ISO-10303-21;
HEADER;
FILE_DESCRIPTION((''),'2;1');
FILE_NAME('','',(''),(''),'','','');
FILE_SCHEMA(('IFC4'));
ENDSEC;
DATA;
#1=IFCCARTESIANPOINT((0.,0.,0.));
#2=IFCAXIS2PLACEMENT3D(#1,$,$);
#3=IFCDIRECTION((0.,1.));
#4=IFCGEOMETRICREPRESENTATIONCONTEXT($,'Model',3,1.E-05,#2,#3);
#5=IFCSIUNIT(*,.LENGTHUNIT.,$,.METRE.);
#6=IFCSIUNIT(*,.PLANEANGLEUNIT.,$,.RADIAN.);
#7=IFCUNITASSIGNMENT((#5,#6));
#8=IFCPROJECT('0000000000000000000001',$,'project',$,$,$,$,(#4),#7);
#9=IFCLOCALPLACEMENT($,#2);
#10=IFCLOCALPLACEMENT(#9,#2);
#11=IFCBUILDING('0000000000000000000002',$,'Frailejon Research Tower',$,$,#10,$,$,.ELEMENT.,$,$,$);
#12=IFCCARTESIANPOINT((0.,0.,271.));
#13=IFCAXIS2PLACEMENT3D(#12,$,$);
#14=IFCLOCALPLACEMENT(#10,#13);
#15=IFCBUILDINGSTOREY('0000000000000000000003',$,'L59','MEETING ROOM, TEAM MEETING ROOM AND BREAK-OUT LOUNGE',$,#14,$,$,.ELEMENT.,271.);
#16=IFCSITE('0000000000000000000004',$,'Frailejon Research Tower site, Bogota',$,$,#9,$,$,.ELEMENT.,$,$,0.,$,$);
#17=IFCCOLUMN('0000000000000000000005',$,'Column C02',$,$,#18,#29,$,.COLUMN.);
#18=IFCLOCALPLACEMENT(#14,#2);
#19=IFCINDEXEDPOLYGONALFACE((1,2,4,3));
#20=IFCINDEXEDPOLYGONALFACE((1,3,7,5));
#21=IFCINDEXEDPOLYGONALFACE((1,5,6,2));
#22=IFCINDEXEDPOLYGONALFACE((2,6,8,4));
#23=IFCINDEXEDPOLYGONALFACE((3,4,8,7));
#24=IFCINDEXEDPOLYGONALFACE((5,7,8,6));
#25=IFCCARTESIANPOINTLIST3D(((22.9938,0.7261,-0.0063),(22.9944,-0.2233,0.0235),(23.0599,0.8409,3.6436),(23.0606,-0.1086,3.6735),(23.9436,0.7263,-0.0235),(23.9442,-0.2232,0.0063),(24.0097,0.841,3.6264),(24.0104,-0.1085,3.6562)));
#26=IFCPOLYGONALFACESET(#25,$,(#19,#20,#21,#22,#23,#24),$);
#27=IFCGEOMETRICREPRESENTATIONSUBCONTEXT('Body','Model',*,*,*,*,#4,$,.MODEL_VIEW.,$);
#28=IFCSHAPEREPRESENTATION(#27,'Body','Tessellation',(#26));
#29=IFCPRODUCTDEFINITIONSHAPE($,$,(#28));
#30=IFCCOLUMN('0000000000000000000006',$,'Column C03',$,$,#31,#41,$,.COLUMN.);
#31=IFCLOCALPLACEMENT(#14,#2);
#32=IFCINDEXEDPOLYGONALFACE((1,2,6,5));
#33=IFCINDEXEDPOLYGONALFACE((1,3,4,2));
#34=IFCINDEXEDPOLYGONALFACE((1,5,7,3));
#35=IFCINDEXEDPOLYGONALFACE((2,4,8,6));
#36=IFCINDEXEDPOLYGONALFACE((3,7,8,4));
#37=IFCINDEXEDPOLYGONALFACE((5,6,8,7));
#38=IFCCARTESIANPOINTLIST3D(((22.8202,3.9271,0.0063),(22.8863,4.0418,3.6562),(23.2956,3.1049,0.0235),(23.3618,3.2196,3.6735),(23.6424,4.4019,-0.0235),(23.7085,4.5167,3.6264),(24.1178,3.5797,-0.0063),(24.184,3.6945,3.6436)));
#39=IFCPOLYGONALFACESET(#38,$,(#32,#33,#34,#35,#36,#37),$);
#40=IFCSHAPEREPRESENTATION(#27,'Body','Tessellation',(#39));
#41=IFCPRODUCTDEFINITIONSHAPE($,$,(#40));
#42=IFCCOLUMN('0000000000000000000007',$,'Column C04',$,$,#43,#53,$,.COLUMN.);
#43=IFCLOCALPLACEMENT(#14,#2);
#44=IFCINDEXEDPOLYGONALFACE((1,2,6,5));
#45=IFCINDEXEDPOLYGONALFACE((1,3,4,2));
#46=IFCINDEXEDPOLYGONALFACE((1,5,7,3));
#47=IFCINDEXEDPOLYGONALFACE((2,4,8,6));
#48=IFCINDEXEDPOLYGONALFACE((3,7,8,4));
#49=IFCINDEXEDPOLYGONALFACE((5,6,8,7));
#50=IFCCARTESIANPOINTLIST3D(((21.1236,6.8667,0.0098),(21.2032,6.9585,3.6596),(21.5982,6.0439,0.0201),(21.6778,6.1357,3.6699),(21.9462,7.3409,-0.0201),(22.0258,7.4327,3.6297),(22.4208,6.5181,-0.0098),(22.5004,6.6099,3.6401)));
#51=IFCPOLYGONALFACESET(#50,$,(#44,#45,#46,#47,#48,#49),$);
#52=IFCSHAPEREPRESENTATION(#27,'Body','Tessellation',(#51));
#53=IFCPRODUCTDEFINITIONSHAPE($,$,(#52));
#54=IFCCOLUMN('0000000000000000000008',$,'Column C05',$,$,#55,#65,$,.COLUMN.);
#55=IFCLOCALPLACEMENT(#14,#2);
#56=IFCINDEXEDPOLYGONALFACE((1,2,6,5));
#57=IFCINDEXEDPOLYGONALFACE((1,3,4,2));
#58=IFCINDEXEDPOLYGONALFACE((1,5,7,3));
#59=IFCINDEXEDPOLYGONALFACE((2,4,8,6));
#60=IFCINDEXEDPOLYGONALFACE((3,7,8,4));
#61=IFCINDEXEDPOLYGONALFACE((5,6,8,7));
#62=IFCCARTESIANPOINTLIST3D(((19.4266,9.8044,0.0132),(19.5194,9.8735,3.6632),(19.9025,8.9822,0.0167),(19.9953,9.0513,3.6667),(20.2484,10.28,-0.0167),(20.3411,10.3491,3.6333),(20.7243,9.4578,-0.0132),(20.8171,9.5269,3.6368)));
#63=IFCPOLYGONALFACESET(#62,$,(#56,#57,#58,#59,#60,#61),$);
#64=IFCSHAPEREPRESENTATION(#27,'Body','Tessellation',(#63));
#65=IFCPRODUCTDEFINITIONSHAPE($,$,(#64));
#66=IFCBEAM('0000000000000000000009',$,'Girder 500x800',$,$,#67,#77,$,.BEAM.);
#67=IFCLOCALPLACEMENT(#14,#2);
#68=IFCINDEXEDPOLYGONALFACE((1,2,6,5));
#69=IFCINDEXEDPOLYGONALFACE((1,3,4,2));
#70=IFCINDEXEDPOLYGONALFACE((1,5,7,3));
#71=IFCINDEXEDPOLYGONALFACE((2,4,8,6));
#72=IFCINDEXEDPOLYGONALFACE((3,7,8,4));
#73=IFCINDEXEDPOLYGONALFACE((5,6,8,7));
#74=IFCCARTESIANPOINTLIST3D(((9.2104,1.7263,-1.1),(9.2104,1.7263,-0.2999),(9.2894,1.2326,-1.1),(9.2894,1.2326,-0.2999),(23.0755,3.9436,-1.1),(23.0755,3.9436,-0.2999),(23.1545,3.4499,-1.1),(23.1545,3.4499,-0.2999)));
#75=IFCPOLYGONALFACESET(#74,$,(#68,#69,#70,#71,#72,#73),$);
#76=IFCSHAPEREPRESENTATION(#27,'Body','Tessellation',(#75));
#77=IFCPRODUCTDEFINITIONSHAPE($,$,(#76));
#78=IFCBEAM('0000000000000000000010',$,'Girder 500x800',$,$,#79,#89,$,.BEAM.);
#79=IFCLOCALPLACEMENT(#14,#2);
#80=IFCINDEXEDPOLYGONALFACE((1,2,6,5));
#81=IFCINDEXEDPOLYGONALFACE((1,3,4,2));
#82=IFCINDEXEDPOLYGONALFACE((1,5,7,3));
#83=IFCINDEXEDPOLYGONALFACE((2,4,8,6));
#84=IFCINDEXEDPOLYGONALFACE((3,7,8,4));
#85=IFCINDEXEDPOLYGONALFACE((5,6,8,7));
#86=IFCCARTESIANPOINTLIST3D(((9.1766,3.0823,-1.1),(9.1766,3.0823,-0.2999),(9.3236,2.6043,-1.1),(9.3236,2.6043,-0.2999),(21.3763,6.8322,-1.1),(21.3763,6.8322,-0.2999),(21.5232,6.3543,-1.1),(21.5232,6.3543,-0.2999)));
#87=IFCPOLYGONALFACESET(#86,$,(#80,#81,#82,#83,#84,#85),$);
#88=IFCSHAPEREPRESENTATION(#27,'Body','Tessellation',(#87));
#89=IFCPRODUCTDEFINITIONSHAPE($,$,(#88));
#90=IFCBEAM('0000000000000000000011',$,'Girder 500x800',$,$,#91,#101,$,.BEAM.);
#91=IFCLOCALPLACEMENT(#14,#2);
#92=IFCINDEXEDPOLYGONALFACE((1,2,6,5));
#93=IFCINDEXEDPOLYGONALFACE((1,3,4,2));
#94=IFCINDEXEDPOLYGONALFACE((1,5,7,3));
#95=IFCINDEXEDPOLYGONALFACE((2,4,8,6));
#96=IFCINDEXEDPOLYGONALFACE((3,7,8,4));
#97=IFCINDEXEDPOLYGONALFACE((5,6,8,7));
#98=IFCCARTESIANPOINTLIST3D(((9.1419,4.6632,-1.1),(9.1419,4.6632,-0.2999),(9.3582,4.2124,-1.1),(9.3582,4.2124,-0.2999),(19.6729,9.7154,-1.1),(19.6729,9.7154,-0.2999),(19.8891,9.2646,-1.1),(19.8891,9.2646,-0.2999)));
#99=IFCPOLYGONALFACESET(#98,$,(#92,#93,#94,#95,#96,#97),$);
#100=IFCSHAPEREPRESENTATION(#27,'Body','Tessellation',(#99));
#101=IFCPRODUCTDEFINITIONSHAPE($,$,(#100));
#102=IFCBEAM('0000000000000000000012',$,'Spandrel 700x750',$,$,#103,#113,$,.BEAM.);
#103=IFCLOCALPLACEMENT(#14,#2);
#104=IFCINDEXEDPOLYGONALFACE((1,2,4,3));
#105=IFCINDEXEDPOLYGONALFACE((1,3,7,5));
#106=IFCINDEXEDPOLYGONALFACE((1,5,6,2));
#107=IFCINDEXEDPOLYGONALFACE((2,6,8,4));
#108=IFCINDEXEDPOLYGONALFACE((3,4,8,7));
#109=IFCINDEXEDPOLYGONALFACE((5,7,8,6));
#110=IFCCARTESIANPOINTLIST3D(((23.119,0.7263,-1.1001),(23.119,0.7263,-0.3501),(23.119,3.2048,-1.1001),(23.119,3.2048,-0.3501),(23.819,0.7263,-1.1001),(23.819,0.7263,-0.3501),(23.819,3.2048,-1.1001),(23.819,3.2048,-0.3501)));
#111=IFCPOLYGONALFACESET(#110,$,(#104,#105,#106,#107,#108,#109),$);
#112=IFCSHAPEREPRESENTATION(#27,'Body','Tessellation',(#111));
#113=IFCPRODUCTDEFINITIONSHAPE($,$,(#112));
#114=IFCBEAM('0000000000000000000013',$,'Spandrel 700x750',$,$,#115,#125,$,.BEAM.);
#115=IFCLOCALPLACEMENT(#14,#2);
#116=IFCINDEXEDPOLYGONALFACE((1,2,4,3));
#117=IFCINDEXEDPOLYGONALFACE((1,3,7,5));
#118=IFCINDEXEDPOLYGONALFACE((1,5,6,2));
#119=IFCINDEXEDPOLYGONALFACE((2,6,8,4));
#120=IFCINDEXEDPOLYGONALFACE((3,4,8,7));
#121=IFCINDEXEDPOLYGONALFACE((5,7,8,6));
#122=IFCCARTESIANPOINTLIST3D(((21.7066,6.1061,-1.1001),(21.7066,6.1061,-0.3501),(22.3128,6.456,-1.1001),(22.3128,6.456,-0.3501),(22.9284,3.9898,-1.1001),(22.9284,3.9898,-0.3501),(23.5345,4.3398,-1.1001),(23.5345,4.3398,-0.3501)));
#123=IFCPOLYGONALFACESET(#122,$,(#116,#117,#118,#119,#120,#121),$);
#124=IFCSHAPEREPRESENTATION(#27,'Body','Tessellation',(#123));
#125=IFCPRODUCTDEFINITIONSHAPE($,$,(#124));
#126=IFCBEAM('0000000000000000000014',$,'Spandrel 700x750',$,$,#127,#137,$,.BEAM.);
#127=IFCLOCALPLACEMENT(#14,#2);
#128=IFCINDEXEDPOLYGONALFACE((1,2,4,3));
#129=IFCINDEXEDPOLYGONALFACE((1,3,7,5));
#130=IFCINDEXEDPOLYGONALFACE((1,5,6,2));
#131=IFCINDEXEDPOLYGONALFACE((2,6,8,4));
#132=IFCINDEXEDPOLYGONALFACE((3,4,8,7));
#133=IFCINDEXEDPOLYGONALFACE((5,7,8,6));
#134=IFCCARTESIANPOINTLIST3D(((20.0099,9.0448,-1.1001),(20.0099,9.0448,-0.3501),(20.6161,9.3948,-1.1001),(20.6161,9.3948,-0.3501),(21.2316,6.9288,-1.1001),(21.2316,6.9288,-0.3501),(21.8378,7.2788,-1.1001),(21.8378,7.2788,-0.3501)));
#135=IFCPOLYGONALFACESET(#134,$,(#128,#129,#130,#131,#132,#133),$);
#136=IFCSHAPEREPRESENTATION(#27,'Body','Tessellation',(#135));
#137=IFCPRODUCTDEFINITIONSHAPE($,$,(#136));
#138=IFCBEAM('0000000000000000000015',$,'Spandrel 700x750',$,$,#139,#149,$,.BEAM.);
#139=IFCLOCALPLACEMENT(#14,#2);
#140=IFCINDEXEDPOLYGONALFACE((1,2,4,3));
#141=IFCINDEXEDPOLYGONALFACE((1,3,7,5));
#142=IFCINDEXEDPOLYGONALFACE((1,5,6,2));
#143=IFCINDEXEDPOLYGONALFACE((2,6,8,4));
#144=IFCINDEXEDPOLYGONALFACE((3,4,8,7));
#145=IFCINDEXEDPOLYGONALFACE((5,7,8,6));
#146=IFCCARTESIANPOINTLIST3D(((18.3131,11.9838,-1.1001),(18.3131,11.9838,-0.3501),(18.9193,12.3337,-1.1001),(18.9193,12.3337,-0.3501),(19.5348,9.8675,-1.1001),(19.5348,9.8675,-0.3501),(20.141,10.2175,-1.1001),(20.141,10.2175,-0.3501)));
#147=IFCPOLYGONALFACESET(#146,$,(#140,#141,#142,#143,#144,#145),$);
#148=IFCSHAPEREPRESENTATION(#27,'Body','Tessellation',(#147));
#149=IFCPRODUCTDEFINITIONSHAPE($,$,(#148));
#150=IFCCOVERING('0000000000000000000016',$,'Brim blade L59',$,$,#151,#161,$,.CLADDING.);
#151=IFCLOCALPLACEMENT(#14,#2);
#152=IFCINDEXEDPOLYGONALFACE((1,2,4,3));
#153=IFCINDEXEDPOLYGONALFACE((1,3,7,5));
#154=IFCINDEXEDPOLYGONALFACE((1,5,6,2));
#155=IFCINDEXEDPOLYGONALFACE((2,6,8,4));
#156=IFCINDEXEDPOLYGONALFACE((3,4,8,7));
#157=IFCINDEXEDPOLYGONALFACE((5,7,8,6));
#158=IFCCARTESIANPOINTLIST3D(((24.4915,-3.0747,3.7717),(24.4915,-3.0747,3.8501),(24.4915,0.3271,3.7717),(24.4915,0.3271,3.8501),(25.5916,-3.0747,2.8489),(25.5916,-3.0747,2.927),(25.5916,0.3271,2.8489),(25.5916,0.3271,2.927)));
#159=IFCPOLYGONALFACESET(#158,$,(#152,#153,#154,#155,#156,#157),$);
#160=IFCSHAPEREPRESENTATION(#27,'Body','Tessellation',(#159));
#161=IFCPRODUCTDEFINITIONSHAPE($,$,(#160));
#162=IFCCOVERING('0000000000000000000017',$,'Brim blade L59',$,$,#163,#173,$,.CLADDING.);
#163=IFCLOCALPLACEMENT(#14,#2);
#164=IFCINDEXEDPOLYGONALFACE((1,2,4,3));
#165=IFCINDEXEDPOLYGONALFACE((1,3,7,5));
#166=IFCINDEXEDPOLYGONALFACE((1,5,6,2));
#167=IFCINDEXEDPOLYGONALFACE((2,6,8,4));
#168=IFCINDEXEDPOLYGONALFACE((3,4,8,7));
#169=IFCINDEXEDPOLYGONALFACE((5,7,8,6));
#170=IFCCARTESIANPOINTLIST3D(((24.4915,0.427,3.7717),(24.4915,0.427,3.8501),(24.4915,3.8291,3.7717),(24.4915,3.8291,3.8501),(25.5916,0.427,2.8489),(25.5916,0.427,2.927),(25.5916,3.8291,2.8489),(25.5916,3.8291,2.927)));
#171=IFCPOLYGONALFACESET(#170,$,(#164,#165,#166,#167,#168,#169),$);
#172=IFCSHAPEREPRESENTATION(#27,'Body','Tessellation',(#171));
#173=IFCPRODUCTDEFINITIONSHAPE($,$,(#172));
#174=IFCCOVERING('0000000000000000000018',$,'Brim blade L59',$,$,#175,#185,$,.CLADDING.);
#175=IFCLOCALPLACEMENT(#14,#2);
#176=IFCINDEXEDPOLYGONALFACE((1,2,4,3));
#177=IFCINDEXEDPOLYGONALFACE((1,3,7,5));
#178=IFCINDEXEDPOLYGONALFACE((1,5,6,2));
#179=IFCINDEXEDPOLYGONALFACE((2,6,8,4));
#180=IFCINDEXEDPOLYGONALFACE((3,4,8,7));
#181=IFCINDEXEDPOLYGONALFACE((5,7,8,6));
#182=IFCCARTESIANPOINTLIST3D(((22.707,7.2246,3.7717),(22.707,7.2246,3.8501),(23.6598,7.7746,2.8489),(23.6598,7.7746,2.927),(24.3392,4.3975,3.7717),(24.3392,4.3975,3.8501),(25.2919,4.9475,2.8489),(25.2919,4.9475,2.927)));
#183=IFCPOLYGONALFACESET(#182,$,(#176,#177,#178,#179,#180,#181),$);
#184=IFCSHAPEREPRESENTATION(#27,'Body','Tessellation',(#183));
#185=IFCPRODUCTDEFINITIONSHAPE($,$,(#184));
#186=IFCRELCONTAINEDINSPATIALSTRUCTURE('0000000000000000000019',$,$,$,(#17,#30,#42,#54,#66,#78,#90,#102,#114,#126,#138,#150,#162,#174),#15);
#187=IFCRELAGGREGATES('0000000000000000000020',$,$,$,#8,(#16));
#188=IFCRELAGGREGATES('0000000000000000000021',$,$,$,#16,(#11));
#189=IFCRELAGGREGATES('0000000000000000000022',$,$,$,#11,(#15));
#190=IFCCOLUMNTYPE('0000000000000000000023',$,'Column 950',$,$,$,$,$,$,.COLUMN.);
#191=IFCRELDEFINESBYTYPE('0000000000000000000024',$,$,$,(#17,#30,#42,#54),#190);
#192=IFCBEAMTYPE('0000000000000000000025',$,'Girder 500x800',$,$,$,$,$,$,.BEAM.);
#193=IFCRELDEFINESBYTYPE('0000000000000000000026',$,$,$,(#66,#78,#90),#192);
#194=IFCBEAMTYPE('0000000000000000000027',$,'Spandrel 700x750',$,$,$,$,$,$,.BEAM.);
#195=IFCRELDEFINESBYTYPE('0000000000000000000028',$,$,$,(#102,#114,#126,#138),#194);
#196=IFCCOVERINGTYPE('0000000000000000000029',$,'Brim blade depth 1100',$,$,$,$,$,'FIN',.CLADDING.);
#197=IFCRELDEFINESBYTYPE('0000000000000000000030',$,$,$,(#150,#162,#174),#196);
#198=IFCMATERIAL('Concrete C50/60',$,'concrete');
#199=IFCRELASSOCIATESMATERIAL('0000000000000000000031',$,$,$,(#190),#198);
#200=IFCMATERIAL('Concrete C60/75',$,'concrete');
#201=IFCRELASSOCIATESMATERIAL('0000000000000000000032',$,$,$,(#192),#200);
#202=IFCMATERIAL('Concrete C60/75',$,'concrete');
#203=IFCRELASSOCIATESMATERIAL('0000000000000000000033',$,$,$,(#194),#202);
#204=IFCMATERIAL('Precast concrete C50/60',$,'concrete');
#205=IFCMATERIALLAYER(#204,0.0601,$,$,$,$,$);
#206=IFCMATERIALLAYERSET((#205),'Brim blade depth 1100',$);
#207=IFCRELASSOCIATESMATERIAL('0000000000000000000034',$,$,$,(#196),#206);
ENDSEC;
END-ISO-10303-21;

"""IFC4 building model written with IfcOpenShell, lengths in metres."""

from ifc_helpers import new_model, si_unit, direction, frame, origin, origin_2d, place, context, subcontext, project, spatial, polyline, rectangle, outline, extrude, material, layer, layer_set, material_profile, profile_set, type_object, element, save


model = new_model("IFC4")

# Units and contexts
model_context = context("Model", 3, precision=1e-05, world=origin(), true_north=direction((0.0, 1.0)))
body_context = subcontext(model_context, "Body", "Model", "MODEL_VIEW")
ifc_project = project(units=[si_unit("LENGTHUNIT", "METRE"), si_unit("PLANEANGLEUNIT", "RADIAN")], contexts=[model_context])

# Site, building, storey
site_placement = place(None, origin())
site = spatial("IfcSite", under=ifc_project, at=site_placement, Name="Frailejon Research Tower site, Bogota", CompositionType="ELEMENT", RefElevation=0.0)
building_placement = place(site_placement, origin())
building = spatial("IfcBuilding", under=site, at=building_placement, Name="Frailejon Research Tower", CompositionType="ELEMENT")
storey_placement = place(building_placement, frame((0.0, 0.0, 271.0)))
storey = spatial("IfcBuildingStorey", under=building, at=storey_placement, Name="L59", Description="MEETING ROOM, TEAM MEETING ROOM AND BREAK-OUT LOUNGE", CompositionType="ELEMENT", Elevation=271.0)

# Columns
ifc_material_1 = material(Name="Concrete C50/60", Category="concrete")
ifc_material_profile_1 = material_profile(ifc_material_1, rectangle(XDim=0.95, YDim=0.95, at=origin_2d()), Name="Column 950")
ifc_profile_set_1 = profile_set([ifc_material_profile_1], Name="Concrete C50/60")
column_type = type_object("IfcColumnType", Name="Column 950", PredefinedType="COLUMN", material=ifc_profile_set_1)
for number, where, z_axis, x_axis, name in (
    (1, (23.469, 0.2515, 0.0), (0.018115, 0.031417, 0.999342), (-0.000701, 0.999506, -0.03141), "Column C02"),
    (2, (23.469, 3.7534, 0.0), (0.018115, 0.031417, 0.999342), (-0.500525, 0.865532, -0.018138), "Column C03"),
):
    element("IfcColumn", number, at=place(storey_placement, frame(where, z_axis=z_axis, x_axis=x_axis)), inside=storey, type_object=column_type, Name=name, PredefinedType="COLUMN", context=body_context, shape_type="SweptSolid", body=[
        extrude(rectangle(XDim=0.95, YDim=0.95, at=origin_2d()), origin(), (0.0, 0.0, 1.0), 3.6523),
    ])
for number, where, z_axis, x_axis, name in (
    (3, (21.7722, 6.6924, 0.0), (0.021794, 0.025137, 0.999446), (-0.499665, 0.86615, -0.010888), "Column C04"),
    (4, (20.0754, 9.6311, 0.0), (0.025405, 0.01892, 0.999498), (-0.501003, 0.865438, -0.003648), "Column C05"),
):
    element("IfcColumn", number, at=place(storey_placement, frame(where, z_axis=z_axis, x_axis=x_axis)), inside=storey, type_object=column_type, Name=name, PredefinedType="COLUMN", context=body_context, shape_type="SweptSolid", body=[
        extrude(rectangle(XDim=0.95, YDim=0.95, at=origin_2d()), origin(), (0.0, 0.0, 1.0), 3.6519),
    ])

# Beams
ifc_material_2 = material(Name="Concrete C60/75", Category="concrete")
ifc_material_profile_2 = material_profile(ifc_material_2, rectangle(XDim=0.5, YDim=0.8, at=origin_2d()), Name="Girder 500x800")
ifc_profile_set_2 = profile_set([ifc_material_profile_2], Name="Concrete C60/75")
beam_type_1 = type_object("IfcBeamType", Name="Girder 500x800", PredefinedType="BEAM", material=ifc_profile_set_2)
beam_1_placement = place(storey_placement, frame((23.115, 3.6968, -0.7), z_axis=(-0.987453, -0.157913, 0.0), x_axis=(0.157913, -0.987453, 0.0)))
element("IfcBeam", 5, at=beam_1_placement, inside=storey, type_object=beam_type_1, Name="Girder 500x800", PredefinedType="BEAM", context=body_context, shape_type="SweptSolid", body=[
    extrude(rectangle(XDim=0.5, YDim=0.8, at=origin_2d()), origin(), (0.0, 0.0, 1.0), 14.0413),
])
beam_2_placement = place(storey_placement, frame((21.4497, 6.5933, -0.7), z_axis=(-0.955862, -0.293817, 0.0), x_axis=(0.293817, -0.955862, 0.0)))
element("IfcBeam", 6, at=beam_2_placement, inside=storey, type_object=beam_type_1, Name="Girder 500x800", PredefinedType="BEAM", context=body_context, shape_type="SweptSolid", body=[
    extrude(rectangle(XDim=0.5, YDim=0.8, at=origin_2d()), origin(), (0.0, 0.0, 1.0), 12.7629),
])
beam_3_placement = place(storey_placement, frame((19.781, 9.49, -0.7), z_axis=(-0.901611, -0.432548, 0.0), x_axis=(0.432548, -0.901611, 0.0)))
element("IfcBeam", 7, at=beam_3_placement, inside=storey, type_object=beam_type_1, Name="Girder 500x800", PredefinedType="BEAM", context=body_context, shape_type="SweptSolid", body=[
    extrude(rectangle(XDim=0.5, YDim=0.8, at=origin_2d()), origin(), (0.0, 0.0, 1.0), 11.6802),
])
ifc_material_3 = material(Name="Concrete C60/75", Category="concrete")
ifc_material_profile_3 = material_profile(ifc_material_3, rectangle(XDim=0.7, YDim=0.75, at=origin_2d()), Name="Spandrel 700x750")
ifc_profile_set_3 = profile_set([ifc_material_profile_3], Name="Concrete C60/75")
beam_type_2 = type_object("IfcBeamType", Name="Spandrel 700x750", PredefinedType="BEAM", material=ifc_profile_set_3)
beam_4_placement = place(storey_placement, frame((23.469, 0.7263, -0.7251), z_axis=(0.0, 1.0, 0.0), x_axis=(-1.0, 0.0, 0.0)))
element("IfcBeam", 8, at=beam_4_placement, inside=storey, type_object=beam_type_2, Name="Spandrel 700x750", PredefinedType="BEAM", context=body_context, shape_type="SweptSolid", body=[
    extrude(rectangle(XDim=0.7, YDim=0.75, at=origin_2d()), origin(), (0.0, 0.0, 1.0), 2.4785),
])
beam_5_placement = place(storey_placement, frame((23.2314, 4.1648, -0.7251), z_axis=(-0.499965, 0.866046, 0.0), x_axis=(-0.866046, -0.499965, 0.0)))
element("IfcBeam", 9, at=beam_5_placement, inside=storey, type_object=beam_type_2, Name="Spandrel 700x750", PredefinedType="BEAM", context=body_context, shape_type="SweptSolid", body=[
    extrude(rectangle(XDim=0.7, YDim=0.75, at=origin_2d()), origin(), (0.0, 0.0, 1.0), 2.4436),
])
beam_6_placement = place(storey_placement, frame((21.5347, 7.1038, -0.7251), z_axis=(-0.500008, 0.866021, 0.0), x_axis=(-0.866021, -0.500008, 0.0)))
element("IfcBeam", 10, at=beam_6_placement, inside=storey, type_object=beam_type_2, Name="Spandrel 700x750", PredefinedType="BEAM", context=body_context, shape_type="SweptSolid", body=[
    extrude(rectangle(XDim=0.7, YDim=0.75, at=origin_2d()), origin(), (0.0, 0.0, 1.0), 2.4434),
])
beam_7_placement = place(storey_placement, frame((19.8379, 10.0425, -0.7251), z_axis=(-0.499965, 0.866046, 0.0), x_axis=(-0.866046, -0.499965, 0.0)))
element("IfcBeam", 11, at=beam_7_placement, inside=storey, type_object=beam_type_2, Name="Spandrel 700x750", PredefinedType="BEAM", context=body_context, shape_type="SweptSolid", body=[
    extrude(rectangle(XDim=0.7, YDim=0.75, at=origin_2d()), origin(), (0.0, 0.0, 1.0), 2.4436),
])

# Coverings
ifc_material_4 = material(Name="Precast concrete C50/60", Category="concrete")
ifc_layer_1 = layer(ifc_material_4, 0.0601)
ifc_layer_set_1 = layer_set([ifc_layer_1], Name="Brim blade depth 1100")
covering_type = type_object("IfcCoveringType", Name="Brim blade depth 1100", ElementType="FIN", PredefinedType="CLADDING", material=ifc_layer_set_1)
covering_1_placement = place(storey_placement, frame((24.4915, 0.3271, 3.8501), z_axis=(0.0, -1.0, 0.0), x_axis=(1.0, 0.0, 0.0)))
element("IfcCovering", 12, at=covering_1_placement, inside=storey, type_object=covering_type, Name="Brim blade L59", PredefinedType="CLADDING", context=body_context, shape_type="SweptSolid", body=[
    extrude(outline(polyline([(0.0, -0.0784), (1.1001, -1.0012), (1.1001, -0.9231), (0.0, 0.0), (0.0, -0.0784)])), origin(), (0.0, 0.0, 1.0), 3.4019),
])
covering_2_placement = place(storey_placement, frame((24.4915, 3.8291, 3.8501), z_axis=(0.0, -1.0, 0.0), x_axis=(1.0, 0.0, 0.0)))
element("IfcCovering", 13, at=covering_2_placement, inside=storey, type_object=covering_type, Name="Brim blade L59", PredefinedType="CLADDING", context=body_context, shape_type="SweptSolid", body=[
    extrude(outline(polyline([(0.0, -0.0784), (1.1001, -1.0012), (1.1001, -0.9231), (0.0, 0.0), (0.0, -0.0784)])), origin(), (0.0, 0.0, 1.0), 3.4021),
])
covering_3_placement = place(storey_placement, frame((22.707, 7.2246, 3.8501), z_axis=(0.499981, -0.866036, 0.0), x_axis=(0.866036, 0.499981, 0.0)))
element("IfcCovering", 14, at=covering_3_placement, inside=storey, type_object=covering_type, Name="Brim blade L59", PredefinedType="CLADDING", context=body_context, shape_type="SweptSolid", body=[
    extrude(outline(polyline([(0.0, -0.0784), (1.1001, -1.0012), (1.1001, -0.9231), (0.0, 0.0), (0.0, -0.0784)])), origin(), (0.0, 0.0, 1.0), 3.2644),
])

save(model, "model.ifc")
